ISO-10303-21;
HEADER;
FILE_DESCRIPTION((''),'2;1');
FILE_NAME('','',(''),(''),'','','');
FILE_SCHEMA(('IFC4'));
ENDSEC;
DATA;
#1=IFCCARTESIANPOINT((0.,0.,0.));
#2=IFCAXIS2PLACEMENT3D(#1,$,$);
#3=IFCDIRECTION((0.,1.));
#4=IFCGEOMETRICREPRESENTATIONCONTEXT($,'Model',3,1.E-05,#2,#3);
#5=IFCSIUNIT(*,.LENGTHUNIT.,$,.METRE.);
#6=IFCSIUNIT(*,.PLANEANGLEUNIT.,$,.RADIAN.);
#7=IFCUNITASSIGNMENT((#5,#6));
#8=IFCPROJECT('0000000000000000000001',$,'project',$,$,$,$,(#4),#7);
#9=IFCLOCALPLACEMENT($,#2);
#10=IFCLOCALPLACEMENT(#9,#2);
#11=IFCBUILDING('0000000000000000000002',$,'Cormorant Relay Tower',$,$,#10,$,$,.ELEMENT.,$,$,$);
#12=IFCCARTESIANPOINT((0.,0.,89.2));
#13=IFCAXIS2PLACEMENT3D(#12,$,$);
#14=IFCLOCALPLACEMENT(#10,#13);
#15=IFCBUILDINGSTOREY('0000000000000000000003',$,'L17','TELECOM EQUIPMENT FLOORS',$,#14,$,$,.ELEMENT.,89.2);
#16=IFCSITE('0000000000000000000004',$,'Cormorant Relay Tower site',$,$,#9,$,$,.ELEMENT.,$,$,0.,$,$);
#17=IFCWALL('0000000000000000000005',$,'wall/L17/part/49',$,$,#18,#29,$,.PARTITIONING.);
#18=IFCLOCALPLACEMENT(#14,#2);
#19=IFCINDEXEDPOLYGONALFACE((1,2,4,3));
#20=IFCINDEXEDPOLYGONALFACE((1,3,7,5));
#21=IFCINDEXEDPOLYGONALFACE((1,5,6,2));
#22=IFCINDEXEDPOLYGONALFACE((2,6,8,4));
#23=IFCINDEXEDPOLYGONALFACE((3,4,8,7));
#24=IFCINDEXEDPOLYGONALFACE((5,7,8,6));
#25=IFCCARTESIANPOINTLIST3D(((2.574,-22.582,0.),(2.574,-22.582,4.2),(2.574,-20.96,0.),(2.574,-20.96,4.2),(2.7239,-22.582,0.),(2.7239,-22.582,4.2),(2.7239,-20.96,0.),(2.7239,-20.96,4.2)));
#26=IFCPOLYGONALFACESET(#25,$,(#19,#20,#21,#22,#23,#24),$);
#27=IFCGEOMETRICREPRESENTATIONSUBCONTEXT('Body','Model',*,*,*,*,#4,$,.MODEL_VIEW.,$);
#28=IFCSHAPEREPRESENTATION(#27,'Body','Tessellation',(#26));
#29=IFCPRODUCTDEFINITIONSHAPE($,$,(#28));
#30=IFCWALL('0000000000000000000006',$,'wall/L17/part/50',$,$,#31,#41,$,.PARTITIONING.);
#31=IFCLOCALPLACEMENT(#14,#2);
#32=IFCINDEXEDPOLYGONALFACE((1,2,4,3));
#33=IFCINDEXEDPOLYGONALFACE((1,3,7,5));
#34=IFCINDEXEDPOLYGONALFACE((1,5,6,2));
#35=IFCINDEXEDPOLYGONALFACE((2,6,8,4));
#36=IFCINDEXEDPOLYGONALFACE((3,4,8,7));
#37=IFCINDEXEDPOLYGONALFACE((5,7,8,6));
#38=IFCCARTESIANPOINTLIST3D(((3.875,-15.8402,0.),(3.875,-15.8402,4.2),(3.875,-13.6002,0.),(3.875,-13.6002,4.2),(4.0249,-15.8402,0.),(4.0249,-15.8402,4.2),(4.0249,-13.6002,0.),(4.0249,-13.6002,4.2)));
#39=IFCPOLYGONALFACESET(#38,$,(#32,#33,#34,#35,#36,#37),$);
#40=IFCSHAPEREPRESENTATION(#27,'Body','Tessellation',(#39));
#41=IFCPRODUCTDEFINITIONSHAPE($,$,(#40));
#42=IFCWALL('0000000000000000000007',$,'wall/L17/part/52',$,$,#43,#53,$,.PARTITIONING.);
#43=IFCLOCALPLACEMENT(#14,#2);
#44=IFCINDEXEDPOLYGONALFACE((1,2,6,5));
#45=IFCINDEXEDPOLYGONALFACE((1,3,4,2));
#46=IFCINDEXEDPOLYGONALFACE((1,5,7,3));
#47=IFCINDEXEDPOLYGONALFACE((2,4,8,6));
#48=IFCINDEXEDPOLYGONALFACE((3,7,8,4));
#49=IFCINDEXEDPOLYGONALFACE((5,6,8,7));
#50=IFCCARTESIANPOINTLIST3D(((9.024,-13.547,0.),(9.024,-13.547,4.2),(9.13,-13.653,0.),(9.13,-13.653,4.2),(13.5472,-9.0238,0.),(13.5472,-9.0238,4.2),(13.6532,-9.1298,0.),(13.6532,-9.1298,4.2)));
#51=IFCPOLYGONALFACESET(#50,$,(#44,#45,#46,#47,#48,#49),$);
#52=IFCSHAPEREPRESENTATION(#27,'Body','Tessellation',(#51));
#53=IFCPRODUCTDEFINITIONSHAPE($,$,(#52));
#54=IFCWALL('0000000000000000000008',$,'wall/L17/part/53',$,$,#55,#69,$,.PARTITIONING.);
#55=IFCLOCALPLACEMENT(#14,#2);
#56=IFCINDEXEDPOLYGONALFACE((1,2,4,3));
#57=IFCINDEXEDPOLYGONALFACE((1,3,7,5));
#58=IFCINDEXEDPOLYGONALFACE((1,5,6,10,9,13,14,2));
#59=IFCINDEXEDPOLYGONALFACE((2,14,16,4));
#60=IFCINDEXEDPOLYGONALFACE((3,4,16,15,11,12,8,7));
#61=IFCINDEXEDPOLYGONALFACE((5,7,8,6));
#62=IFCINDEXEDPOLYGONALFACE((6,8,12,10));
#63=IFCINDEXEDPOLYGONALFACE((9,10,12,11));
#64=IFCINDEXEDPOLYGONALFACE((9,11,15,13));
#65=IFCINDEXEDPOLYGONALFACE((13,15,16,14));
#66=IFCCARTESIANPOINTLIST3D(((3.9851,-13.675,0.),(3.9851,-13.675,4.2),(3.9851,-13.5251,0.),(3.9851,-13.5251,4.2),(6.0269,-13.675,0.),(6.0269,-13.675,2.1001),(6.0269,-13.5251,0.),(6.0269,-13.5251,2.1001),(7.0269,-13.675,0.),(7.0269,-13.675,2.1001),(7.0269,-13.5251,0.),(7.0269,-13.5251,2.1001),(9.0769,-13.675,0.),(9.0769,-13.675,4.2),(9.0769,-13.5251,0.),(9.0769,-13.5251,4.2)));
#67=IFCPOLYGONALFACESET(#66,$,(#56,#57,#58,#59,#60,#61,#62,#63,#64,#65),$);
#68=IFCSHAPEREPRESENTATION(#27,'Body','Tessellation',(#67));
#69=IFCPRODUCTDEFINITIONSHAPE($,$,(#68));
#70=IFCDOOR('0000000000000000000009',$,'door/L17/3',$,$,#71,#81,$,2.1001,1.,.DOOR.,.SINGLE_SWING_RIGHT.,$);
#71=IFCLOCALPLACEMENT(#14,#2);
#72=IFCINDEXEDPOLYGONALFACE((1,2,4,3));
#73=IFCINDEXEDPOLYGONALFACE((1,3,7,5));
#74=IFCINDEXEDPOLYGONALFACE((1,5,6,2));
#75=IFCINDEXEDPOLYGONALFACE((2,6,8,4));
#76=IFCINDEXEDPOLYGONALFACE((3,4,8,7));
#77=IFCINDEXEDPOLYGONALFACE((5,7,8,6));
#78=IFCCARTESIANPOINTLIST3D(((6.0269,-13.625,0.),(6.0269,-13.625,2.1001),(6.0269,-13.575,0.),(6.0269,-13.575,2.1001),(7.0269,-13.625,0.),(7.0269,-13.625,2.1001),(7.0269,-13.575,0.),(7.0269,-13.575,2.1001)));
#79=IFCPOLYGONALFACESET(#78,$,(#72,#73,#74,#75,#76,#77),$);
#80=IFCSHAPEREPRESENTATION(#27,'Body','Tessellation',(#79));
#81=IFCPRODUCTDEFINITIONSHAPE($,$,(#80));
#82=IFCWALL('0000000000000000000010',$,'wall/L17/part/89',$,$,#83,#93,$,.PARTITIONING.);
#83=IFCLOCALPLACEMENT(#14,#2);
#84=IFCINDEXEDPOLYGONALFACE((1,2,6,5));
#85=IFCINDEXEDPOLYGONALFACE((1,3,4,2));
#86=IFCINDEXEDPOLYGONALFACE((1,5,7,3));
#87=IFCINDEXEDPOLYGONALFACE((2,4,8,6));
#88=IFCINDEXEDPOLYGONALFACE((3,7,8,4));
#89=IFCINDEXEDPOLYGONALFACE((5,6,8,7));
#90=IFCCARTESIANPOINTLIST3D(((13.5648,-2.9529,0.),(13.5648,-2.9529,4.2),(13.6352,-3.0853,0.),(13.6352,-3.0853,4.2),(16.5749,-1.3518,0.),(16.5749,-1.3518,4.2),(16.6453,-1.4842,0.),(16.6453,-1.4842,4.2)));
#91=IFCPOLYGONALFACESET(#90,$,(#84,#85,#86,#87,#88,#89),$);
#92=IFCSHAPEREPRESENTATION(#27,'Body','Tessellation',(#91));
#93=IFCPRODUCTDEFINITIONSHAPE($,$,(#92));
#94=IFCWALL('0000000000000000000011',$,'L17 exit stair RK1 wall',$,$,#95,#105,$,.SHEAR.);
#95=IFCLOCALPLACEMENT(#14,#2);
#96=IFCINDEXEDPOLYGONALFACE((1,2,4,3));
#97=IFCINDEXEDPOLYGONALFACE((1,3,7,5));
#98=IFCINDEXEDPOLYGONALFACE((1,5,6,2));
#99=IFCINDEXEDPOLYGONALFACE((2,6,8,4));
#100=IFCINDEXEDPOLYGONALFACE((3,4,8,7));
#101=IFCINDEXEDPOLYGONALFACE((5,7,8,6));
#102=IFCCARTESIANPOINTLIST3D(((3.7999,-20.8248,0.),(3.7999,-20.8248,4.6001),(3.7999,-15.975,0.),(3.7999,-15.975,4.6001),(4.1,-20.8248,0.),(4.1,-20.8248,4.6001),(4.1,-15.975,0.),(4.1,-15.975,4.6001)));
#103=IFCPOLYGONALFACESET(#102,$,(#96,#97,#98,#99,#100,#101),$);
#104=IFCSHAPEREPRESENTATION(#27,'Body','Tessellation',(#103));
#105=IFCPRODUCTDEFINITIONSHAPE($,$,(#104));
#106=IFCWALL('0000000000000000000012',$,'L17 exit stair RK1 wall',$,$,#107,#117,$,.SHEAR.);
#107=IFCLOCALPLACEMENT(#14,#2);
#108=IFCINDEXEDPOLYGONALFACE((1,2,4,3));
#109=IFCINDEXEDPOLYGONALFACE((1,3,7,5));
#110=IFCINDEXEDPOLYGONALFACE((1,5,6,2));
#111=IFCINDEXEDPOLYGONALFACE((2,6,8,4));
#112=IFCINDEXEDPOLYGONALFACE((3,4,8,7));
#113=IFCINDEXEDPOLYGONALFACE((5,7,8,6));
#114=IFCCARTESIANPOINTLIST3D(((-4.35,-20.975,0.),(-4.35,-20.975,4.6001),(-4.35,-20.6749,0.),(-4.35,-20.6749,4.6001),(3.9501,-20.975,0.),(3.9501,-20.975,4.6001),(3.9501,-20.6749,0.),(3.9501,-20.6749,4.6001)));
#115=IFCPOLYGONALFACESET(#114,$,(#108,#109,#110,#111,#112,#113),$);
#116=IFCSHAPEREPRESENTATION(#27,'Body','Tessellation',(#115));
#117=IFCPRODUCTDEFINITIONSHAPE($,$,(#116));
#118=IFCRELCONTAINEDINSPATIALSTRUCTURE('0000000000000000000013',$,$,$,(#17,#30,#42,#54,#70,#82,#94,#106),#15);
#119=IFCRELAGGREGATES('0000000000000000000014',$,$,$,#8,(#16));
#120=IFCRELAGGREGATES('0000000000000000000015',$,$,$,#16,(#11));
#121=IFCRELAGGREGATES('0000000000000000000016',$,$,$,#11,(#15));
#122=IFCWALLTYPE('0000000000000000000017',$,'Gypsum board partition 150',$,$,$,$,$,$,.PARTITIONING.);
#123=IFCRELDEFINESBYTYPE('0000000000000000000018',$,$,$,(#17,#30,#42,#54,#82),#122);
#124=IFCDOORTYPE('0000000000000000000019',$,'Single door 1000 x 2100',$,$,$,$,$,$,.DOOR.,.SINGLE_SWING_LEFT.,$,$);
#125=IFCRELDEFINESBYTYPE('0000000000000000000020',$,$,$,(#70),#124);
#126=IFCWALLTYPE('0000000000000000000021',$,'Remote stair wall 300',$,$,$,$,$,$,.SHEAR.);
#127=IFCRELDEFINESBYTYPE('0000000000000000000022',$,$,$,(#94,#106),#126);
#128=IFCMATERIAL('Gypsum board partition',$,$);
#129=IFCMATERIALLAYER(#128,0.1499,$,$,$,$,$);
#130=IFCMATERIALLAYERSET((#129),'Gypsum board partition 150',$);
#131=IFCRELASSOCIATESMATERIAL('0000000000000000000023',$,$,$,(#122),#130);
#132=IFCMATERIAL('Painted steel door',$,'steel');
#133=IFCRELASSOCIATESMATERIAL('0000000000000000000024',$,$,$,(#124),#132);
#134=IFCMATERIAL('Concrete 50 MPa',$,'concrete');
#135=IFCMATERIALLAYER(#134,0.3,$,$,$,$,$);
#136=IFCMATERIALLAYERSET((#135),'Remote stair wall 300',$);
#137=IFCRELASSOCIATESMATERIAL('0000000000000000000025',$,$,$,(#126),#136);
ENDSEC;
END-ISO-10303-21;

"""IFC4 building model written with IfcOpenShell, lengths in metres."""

from ifc_helpers import new_model, si_unit, direction, frame, frame_2d, origin, place, context, subcontext, project, spatial, rectangle, extrude, material, layer, layer_set, type_object, element, fill, save


model = new_model("IFC4")

# Units and contexts
model_context = context("Model", 3, precision=1e-05, world=origin(), true_north=direction((0.0, 1.0)))
body_context = subcontext(model_context, "Body", "Model", "MODEL_VIEW")
ifc_project = project(units=[si_unit("LENGTHUNIT", "METRE"), si_unit("PLANEANGLEUNIT", "RADIAN")], contexts=[model_context])

# Site, building, storey
site_placement = place(None, origin())
site = spatial("IfcSite", under=ifc_project, at=site_placement, Name="Cormorant Relay Tower site", CompositionType="ELEMENT", RefElevation=0.0)
building_placement = place(site_placement, origin())
building = spatial("IfcBuilding", under=site, at=building_placement, Name="Cormorant Relay Tower", CompositionType="ELEMENT")
storey_placement = place(building_placement, frame((0.0, 0.0, 89.2)))
storey = spatial("IfcBuildingStorey", under=building, at=storey_placement, Name="L17", Description="TELECOM EQUIPMENT FLOORS", CompositionType="ELEMENT", Elevation=89.2)

# Walls
ifc_material_1 = material(Name="Gypsum board partition")
ifc_layer_1 = layer(ifc_material_1, 0.1499)
ifc_layer_set_1 = layer_set([ifc_layer_1], Name="Gypsum board partition 150")
wall_type_1 = type_object("IfcWallType", Name="Gypsum board partition 150", PredefinedType="PARTITIONING", material=ifc_layer_set_1)
wall_1_placement = place(storey_placement, frame((2.6489, -22.582, 0.0), z_axis=(0.0, 0.0, 1.0), x_axis=(0.0, 1.0, 0.0)))
element("IfcWall", 1, at=wall_1_placement, inside=storey, type_object=wall_type_1, Name="wall/L17/part/49", PredefinedType="PARTITIONING", context=body_context, shape_type="SweptSolid", body=[
    extrude(rectangle(XDim=1.6221, YDim=0.1499, at=frame_2d((0.811, 0.0))), origin(), (0.0, 0.0, 1.0), 4.2),
])
wall_2_placement = place(storey_placement, frame((3.95, -13.6001, 0.0), z_axis=(0.0, 0.0, 1.0), x_axis=(0.0, -1.0, 0.0)))
element("IfcWall", 2, at=wall_2_placement, inside=storey, type_object=wall_type_1, Name="wall/L17/part/50", PredefinedType="PARTITIONING", context=body_context, shape_type="SweptSolid", body=[
    extrude(rectangle(XDim=2.24, YDim=0.1499, at=frame_2d((1.1201, 0.0))), origin(), (0.0, 0.0, 1.0), 4.2),
])
wall_3_placement = place(storey_placement, frame((13.6001, -9.0769, 0.0), z_axis=(0.0, 0.0, 1.0), x_axis=(-0.707107, -0.707107, 0.0)))
element("IfcWall", 3, at=wall_3_placement, inside=storey, type_object=wall_type_1, Name="wall/L17/part/52", PredefinedType="PARTITIONING", context=body_context, shape_type="SweptSolid", body=[
    extrude(rectangle(XDim=6.3967, YDim=0.1499, at=frame_2d((3.1982, 0.0))), origin(), (0.0, 0.0, 1.0), 4.2),
])

# Wall, opening, door
wall_4_placement = place(storey_placement, frame((9.0769, -13.6001, 0.0), z_axis=(0.0, 0.0, 1.0), x_axis=(-1.0, 0.0, 0.0)))
wall_4 = element("IfcWall", 4, at=wall_4_placement, inside=storey, type_object=wall_type_1, Name="wall/L17/part/53", PredefinedType="PARTITIONING", context=body_context, shape_type="SweptSolid", body=[
    extrude(rectangle(XDim=5.0918, YDim=0.1499, at=frame_2d((2.5459, 0.0))), origin(), (0.0, 0.0, 1.0), 4.2),
])
opening_placement = place(wall_4_placement, frame((2.05, 0.0, 0.0)))
opening = element("IfcOpeningElement", 5, at=opening_placement, cuts=wall_4, PredefinedType="OPENING", context=body_context, shape_type="SweptSolid", body=[
    extrude(rectangle(XDim=1.0, YDim=2.1001, at=frame_2d((0.5, 1.05))), frame((0.0, 0.085, 0.0), z_axis=(0.0, -1.0, 0.0), x_axis=(1.0, 0.0, 0.0)), (0.0, 0.0, 1.0), 0.1699),
])
ifc_material_2 = material(Name="Painted steel door", Category="steel")
door_type = type_object("IfcDoorType", Name="Single door 1000 x 2100", OperationType="SINGLE_SWING_LEFT", PredefinedType="DOOR", material=ifc_material_2)
door_placement = place(opening_placement, origin())
door = element("IfcDoor", 6, at=door_placement, inside=storey, type_object=door_type, Name="door/L17/3", OperationType="SINGLE_SWING_RIGHT", OverallHeight=2.1001, OverallWidth=1.0, PredefinedType="DOOR", context=body_context, shape_type="SweptSolid", body=[
    extrude(rectangle(XDim=1.0, YDim=2.1001, at=frame_2d((0.5, 1.05))), frame((0.0, 0.0249, 0.0), z_axis=(0.0, -1.0, 0.0), x_axis=(1.0, 0.0, 0.0)), (0.0, 0.0, 1.0), 0.05),
])
fill(opening, door)

# Walls
wall_5_placement = place(storey_placement, frame((13.6001, -3.019, 0.0), z_axis=(0.0, 0.0, 1.0), x_axis=(0.882872, 0.469614, 0.0)))
element("IfcWall", 7, at=wall_5_placement, inside=storey, type_object=wall_type_1, Name="wall/L17/part/89", PredefinedType="PARTITIONING", context=body_context, shape_type="SweptSolid", body=[
    extrude(rectangle(XDim=3.4094, YDim=0.1499, at=frame_2d((1.7046, 0.0))), origin(), (0.0, 0.0, 1.0), 4.2),
])
ifc_material_3 = material(Name="Concrete 50 MPa", Category="concrete")
ifc_layer_2 = layer(ifc_material_3, 0.3)
ifc_layer_set_2 = layer_set([ifc_layer_2], Name="Remote stair wall 300")
wall_type_2 = type_object("IfcWallType", Name="Remote stair wall 300", PredefinedType="SHEAR", material=ifc_layer_set_2)
wall_6_placement = place(storey_placement, frame((3.95, -15.9751, 0.0), z_axis=(0.0, 0.0, 1.0), x_axis=(0.0, -1.0, 0.0)))
element("IfcWall", 8, at=wall_6_placement, inside=storey, type_object=wall_type_2, Name="L17 exit stair RK1 wall", PredefinedType="SHEAR", context=body_context, shape_type="SweptSolid", body=[
    extrude(rectangle(XDim=4.8499, YDim=0.3, at=frame_2d((2.4248, 0.0))), origin(), (0.0, 0.0, 1.0), 4.6001),
])
wall_7_placement = place(storey_placement, frame((3.95, -20.825, 0.0), z_axis=(0.0, 0.0, 1.0), x_axis=(-1.0, 0.0, 0.0)))
element("IfcWall", 9, at=wall_7_placement, inside=storey, type_object=wall_type_2, Name="L17 exit stair RK1 wall", PredefinedType="SHEAR", context=body_context, shape_type="SweptSolid", body=[
    extrude(rectangle(XDim=8.3, YDim=0.3, at=frame_2d((4.1499, 0.0))), origin(), (0.0, 0.0, 1.0), 4.6001),
])

save(model, "model.ifc")
